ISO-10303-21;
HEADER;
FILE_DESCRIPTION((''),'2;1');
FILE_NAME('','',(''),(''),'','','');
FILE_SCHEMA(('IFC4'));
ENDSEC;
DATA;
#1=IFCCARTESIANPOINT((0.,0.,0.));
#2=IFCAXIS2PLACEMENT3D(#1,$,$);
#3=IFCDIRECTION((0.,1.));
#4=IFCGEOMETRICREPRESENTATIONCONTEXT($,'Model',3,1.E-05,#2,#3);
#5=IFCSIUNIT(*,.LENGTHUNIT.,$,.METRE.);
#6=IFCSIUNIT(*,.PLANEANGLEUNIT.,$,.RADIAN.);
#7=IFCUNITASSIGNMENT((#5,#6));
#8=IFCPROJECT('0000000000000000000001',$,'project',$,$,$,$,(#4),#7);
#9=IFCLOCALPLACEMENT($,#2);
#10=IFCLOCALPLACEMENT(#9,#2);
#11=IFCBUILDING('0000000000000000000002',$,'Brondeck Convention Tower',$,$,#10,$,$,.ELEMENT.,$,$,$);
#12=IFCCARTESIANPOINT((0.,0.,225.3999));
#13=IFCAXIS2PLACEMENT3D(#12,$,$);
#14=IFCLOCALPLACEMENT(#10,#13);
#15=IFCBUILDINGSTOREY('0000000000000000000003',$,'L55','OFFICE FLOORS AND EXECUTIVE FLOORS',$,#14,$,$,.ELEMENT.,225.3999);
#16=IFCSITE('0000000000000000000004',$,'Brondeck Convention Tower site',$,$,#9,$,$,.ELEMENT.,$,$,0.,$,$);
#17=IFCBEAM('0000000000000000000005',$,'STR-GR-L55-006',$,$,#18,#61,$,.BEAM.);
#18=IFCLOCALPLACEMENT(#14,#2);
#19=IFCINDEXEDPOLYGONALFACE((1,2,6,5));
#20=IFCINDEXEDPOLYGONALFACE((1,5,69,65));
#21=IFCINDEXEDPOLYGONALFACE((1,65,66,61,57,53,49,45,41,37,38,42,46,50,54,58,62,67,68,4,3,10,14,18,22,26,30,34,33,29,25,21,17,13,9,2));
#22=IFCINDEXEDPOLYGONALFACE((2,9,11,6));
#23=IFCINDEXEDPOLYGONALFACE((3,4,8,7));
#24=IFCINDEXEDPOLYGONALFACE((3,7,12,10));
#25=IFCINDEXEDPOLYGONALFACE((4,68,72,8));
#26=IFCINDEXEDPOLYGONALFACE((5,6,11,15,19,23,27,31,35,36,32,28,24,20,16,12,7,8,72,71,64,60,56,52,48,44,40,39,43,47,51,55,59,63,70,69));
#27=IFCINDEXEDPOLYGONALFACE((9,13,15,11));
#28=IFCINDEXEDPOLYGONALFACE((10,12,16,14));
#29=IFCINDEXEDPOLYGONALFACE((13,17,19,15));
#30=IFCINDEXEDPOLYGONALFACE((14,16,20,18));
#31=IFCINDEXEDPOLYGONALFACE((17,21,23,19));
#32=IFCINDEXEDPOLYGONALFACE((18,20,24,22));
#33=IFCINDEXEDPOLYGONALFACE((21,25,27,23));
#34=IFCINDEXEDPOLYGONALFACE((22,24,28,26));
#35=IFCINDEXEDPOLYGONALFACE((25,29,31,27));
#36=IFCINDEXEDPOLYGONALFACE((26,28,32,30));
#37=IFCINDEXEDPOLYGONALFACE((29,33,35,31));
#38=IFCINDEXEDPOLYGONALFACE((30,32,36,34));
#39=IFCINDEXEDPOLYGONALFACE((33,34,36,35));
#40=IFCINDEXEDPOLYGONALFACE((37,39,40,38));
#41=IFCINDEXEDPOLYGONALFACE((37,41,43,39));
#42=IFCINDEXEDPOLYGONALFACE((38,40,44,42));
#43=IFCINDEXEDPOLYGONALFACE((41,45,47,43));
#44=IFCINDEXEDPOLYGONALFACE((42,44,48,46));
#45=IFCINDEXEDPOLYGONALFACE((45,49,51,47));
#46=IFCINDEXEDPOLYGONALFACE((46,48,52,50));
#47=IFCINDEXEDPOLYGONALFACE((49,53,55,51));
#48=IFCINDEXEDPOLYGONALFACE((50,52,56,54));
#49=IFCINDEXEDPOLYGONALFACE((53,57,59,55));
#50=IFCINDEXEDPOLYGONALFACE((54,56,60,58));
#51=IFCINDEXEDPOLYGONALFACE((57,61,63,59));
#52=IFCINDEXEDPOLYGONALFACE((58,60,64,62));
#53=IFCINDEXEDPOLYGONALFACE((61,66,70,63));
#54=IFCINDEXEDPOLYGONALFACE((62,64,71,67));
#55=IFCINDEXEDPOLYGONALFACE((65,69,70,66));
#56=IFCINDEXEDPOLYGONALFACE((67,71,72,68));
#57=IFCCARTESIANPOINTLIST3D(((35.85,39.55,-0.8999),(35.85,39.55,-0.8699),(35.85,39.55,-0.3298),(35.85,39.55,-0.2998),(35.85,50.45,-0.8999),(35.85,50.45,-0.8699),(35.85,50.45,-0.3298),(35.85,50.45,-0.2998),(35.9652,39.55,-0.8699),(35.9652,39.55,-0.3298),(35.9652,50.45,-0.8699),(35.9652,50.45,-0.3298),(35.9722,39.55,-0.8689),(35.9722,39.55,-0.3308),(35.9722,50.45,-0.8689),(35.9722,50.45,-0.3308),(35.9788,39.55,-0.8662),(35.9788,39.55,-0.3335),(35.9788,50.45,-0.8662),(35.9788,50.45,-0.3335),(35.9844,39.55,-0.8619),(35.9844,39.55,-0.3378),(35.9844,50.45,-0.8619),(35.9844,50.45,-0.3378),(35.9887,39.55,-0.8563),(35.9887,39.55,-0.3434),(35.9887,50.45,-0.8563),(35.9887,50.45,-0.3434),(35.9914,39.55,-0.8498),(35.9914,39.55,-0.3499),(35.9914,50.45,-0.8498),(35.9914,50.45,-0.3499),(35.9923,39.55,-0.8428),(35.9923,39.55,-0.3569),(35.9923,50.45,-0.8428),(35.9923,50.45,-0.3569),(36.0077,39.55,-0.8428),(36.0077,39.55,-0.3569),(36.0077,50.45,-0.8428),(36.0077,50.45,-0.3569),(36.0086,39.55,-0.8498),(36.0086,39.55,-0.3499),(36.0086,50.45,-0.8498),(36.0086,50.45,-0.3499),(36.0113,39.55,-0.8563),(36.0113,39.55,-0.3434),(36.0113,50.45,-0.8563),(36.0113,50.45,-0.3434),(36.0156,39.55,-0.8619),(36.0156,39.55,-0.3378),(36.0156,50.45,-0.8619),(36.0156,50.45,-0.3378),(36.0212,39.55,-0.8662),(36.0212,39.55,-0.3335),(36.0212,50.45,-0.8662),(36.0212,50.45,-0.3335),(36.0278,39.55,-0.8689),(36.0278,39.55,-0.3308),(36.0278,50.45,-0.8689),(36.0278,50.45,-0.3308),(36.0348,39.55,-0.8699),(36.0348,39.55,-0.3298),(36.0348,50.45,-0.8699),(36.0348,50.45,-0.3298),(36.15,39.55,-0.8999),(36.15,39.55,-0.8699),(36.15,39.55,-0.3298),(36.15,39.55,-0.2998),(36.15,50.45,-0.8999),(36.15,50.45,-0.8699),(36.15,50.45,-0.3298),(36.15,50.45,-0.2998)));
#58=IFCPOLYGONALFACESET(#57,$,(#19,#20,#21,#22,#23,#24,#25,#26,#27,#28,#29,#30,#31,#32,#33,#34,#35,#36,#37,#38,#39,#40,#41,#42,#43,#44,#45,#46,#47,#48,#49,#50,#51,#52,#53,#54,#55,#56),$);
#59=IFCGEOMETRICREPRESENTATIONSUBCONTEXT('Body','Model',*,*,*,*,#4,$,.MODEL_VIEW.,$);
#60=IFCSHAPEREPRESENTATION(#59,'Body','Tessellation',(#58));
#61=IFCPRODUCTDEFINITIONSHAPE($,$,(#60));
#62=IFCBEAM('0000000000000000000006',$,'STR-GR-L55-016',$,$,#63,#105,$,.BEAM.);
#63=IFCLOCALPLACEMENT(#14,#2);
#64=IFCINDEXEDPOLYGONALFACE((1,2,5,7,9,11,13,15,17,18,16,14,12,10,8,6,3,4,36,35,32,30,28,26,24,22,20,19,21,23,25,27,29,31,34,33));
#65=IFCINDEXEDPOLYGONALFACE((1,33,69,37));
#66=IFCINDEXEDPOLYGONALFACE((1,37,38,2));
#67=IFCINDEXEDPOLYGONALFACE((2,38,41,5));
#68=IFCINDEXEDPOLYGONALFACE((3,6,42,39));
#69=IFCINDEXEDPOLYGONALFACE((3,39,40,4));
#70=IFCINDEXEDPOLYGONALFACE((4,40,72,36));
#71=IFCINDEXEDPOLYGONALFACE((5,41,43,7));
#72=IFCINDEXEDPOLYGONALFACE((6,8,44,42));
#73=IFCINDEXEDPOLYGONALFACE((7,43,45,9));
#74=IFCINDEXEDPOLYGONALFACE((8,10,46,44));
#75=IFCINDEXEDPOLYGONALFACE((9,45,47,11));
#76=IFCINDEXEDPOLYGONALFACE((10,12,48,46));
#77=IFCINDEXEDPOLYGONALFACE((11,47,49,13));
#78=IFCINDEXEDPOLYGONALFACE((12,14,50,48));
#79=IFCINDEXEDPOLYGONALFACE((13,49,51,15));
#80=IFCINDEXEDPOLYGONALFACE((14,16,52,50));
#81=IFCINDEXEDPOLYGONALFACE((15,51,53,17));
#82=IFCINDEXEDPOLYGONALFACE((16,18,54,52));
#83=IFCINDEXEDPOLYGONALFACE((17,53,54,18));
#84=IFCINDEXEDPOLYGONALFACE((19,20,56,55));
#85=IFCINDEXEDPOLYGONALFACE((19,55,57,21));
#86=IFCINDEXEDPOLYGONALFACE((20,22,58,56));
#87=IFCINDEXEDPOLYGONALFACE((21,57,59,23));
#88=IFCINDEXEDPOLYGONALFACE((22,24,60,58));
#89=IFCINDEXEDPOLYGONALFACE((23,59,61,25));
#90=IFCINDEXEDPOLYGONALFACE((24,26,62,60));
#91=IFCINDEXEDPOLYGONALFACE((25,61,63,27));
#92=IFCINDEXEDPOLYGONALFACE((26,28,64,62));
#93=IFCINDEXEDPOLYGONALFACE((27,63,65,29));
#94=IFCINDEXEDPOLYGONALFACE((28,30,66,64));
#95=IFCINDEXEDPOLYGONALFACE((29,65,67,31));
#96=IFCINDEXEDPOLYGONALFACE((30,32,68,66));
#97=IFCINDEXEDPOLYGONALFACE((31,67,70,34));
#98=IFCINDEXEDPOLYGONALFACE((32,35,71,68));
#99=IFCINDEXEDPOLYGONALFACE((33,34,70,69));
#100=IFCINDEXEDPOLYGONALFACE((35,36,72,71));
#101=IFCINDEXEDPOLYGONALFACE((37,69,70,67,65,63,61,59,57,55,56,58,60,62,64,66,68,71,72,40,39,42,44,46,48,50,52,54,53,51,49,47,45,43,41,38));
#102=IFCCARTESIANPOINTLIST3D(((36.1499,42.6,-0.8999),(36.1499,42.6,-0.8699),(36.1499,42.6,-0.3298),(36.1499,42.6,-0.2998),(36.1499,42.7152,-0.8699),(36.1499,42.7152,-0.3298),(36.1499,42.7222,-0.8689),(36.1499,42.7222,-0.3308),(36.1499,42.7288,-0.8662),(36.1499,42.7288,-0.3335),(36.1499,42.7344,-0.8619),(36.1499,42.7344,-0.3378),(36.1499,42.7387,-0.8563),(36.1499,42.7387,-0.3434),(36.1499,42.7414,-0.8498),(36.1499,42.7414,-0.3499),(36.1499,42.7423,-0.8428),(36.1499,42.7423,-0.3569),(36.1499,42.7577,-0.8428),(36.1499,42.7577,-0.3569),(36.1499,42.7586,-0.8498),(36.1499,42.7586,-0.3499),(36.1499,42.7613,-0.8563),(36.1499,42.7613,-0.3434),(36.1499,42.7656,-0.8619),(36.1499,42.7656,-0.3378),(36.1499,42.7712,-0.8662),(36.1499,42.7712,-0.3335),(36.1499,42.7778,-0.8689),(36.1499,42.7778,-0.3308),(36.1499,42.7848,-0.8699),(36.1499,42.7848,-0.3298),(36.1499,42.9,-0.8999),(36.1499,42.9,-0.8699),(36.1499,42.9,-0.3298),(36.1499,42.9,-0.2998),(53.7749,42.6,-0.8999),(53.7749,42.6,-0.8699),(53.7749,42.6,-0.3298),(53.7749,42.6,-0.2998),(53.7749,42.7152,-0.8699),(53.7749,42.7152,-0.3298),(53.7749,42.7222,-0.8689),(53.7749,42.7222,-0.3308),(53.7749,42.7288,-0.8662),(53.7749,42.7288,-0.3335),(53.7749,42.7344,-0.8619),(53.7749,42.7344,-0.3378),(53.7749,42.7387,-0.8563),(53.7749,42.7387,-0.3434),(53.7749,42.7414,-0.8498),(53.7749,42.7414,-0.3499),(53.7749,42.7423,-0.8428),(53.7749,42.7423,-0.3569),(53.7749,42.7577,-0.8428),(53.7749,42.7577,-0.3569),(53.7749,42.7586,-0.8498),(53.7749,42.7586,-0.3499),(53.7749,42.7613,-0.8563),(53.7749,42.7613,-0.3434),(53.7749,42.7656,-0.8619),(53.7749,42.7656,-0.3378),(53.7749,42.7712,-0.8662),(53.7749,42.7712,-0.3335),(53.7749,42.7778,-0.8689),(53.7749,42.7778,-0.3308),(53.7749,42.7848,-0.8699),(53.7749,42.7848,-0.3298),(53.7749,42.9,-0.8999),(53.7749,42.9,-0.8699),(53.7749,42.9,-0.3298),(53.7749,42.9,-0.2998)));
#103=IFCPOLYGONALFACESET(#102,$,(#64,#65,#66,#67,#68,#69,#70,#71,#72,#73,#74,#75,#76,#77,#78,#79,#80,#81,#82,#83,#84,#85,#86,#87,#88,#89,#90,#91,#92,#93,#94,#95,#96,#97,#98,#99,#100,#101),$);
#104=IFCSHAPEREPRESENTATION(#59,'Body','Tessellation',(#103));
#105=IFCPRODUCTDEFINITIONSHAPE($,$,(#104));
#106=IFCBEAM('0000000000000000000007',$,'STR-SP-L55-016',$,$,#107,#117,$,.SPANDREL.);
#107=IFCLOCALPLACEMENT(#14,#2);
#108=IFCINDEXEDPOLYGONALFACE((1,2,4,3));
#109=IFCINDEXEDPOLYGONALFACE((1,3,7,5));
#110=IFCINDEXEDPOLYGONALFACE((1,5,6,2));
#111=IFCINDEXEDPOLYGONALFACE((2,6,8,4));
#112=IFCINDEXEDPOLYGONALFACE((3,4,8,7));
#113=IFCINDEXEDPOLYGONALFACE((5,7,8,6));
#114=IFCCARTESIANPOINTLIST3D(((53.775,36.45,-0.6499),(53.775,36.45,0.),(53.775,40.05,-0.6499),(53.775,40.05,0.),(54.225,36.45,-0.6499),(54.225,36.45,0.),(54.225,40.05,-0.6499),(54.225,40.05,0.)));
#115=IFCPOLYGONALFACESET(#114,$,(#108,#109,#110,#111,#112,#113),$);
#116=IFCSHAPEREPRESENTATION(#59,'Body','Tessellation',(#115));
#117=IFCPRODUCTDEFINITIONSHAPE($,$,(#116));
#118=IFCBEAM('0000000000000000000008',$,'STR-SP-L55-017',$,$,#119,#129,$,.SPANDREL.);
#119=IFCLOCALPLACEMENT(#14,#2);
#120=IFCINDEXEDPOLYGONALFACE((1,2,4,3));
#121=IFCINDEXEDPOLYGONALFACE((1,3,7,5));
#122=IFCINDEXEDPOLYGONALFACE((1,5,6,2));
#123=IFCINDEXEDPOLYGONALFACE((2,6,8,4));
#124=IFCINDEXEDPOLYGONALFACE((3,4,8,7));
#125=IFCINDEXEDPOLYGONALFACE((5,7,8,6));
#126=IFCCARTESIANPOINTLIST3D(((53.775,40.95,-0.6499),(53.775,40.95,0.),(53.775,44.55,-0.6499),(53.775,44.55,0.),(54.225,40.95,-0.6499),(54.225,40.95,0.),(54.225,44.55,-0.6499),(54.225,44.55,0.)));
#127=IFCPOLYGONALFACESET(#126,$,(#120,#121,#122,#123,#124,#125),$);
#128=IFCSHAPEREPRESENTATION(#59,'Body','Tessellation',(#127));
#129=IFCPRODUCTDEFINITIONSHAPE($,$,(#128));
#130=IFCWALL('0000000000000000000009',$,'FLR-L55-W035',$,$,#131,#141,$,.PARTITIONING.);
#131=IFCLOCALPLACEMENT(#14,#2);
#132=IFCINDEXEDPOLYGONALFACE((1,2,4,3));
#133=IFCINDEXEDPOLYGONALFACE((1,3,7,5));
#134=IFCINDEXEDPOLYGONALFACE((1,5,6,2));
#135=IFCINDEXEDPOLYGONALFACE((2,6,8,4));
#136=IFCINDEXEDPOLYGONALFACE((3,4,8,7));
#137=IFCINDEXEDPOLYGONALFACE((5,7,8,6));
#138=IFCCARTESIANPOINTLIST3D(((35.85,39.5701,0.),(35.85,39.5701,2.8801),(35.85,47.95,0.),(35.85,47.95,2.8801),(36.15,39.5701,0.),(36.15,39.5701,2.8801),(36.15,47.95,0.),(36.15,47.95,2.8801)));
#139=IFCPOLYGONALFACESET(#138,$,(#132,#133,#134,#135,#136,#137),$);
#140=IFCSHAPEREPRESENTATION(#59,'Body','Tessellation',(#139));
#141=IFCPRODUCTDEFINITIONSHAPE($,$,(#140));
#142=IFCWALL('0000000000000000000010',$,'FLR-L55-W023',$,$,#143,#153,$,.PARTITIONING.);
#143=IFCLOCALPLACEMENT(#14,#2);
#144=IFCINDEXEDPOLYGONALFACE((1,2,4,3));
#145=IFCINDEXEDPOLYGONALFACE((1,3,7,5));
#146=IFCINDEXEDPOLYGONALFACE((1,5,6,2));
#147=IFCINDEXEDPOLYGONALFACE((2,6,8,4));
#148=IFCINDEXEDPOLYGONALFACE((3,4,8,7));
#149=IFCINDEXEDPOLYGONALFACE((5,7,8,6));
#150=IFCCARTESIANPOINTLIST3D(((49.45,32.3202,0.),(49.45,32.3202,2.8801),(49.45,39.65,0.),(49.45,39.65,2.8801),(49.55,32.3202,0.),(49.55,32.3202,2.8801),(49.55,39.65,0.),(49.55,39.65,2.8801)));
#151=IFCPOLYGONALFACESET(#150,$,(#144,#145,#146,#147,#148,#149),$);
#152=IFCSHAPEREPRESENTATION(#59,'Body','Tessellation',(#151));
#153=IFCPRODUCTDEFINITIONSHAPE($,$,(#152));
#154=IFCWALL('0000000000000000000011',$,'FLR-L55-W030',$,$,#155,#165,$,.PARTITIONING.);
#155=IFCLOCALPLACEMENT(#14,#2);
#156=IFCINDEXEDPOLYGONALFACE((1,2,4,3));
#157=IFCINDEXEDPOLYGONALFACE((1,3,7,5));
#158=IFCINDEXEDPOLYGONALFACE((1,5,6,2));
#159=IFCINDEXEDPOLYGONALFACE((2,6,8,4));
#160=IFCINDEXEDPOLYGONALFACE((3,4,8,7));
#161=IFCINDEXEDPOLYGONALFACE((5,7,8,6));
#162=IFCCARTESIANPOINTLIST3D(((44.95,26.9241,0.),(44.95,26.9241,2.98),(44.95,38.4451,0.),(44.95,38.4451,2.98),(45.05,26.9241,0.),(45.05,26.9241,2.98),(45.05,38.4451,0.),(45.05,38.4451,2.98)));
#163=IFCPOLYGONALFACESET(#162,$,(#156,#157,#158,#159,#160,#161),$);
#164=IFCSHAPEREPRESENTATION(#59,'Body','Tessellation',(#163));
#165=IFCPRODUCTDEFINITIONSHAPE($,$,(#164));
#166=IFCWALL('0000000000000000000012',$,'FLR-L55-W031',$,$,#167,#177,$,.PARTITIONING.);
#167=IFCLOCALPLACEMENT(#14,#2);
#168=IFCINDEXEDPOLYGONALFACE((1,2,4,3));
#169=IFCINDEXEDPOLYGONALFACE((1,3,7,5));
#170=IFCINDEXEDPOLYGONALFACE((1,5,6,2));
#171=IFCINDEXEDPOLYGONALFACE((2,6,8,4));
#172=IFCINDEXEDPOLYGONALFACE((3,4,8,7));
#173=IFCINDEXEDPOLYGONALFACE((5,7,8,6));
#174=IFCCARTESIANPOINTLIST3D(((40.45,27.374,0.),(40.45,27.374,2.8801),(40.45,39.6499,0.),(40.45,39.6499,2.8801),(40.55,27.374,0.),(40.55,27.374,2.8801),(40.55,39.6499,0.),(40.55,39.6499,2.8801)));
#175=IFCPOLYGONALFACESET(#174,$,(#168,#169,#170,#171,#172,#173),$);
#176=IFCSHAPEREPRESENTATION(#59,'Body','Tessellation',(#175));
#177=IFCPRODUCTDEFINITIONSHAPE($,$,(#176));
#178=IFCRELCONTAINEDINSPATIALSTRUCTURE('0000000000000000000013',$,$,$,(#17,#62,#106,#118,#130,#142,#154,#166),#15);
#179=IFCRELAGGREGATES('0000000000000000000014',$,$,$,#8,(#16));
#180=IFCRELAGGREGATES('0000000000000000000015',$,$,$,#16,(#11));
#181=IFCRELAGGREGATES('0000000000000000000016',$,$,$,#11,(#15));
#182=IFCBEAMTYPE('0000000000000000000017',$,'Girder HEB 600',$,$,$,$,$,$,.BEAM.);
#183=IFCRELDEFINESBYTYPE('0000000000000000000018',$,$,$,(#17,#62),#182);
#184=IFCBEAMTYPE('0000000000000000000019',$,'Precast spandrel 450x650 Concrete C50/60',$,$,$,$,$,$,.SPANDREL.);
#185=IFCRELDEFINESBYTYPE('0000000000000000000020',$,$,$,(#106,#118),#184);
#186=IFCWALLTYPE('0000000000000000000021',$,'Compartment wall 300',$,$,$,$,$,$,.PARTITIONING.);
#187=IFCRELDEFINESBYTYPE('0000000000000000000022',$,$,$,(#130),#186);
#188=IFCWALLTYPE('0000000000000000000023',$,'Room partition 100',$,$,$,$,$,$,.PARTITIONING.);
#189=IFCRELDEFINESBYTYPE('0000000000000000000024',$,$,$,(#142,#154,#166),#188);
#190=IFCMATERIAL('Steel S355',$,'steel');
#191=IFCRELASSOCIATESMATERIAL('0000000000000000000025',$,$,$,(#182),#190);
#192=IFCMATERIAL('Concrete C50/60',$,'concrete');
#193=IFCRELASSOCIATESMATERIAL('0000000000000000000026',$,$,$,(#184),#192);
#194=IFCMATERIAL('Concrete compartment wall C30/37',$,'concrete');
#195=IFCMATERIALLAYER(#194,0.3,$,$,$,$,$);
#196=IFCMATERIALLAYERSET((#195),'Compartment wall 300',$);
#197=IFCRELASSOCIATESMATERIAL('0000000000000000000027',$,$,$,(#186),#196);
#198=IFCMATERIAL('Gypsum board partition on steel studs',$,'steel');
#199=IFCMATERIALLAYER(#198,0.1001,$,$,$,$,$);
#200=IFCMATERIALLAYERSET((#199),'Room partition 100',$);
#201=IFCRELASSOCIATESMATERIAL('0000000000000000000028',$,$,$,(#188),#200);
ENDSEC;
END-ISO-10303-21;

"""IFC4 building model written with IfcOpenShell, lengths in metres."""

from ifc_helpers import new_model, si_unit, direction, frame, frame_2d, origin, origin_2d, place, context, subcontext, project, spatial, rectangle, i_section, extrude, material, layer, layer_set, material_profile, profile_set, type_object, element, save


model = new_model("IFC4")

# Units and contexts
model_context = context("Model", 3, precision=1e-05, world=origin(), true_north=direction((0.0, 1.0)))
body_context = subcontext(model_context, "Body", "Model", "MODEL_VIEW")
ifc_project = project(units=[si_unit("LENGTHUNIT", "METRE"), si_unit("PLANEANGLEUNIT", "RADIAN")], contexts=[model_context])

# Site, building, storey
site_placement = place(None, origin())
site = spatial("IfcSite", under=ifc_project, at=site_placement, Name="Brondeck Convention Tower site", CompositionType="ELEMENT", RefElevation=0.0)
building_placement = place(site_placement, origin())
building = spatial("IfcBuilding", under=site, at=building_placement, Name="Brondeck Convention Tower", CompositionType="ELEMENT")
storey_placement = place(building_placement, frame((0.0, 0.0, 225.3999)))
storey = spatial("IfcBuildingStorey", under=building, at=storey_placement, Name="L55", Description="OFFICE FLOORS AND EXECUTIVE FLOORS", CompositionType="ELEMENT", Elevation=225.3999)

# Shared definitions
ifc_material_1 = material(Name="Concrete C50/60", Category="concrete")

# Beams
ifc_material_2 = material(Name="Steel S355", Category="steel")
ifc_material_profile_1 = material_profile(ifc_material_2, i_section(OverallWidth=0.3, OverallDepth=0.6001, WebThickness=0.0154, FlangeThickness=0.03, FilletRadius=0.0271, at=origin_2d()), Name="HEB 600")
ifc_profile_set_1 = profile_set([ifc_material_profile_1], Name="Steel S355")
beam_type_1 = type_object("IfcBeamType", Name="Girder HEB 600", PredefinedType="BEAM", material=ifc_profile_set_1)
beam_1_placement = place(storey_placement, frame((36.0, 39.55, -0.5999), z_axis=(0.0, 1.0, 0.0), x_axis=(-1.0, 0.0, 0.0)))
element("IfcBeam", 1, at=beam_1_placement, inside=storey, type_object=beam_type_1, Name="STR-GR-L55-006", PredefinedType="BEAM", context=body_context, shape_type="SweptSolid", body=[
    extrude(i_section(OverallWidth=0.3, OverallDepth=0.6001, WebThickness=0.0154, FlangeThickness=0.03, FilletRadius=0.0271, at=origin_2d()), origin(), (0.0, 0.0, 1.0), 10.8999),
])
beam_2_placement = place(storey_placement, frame((36.1499, 42.75, -0.5999), z_axis=(1.0, 0.0, 0.0), x_axis=(0.0, 1.0, 0.0)))
element("IfcBeam", 2, at=beam_2_placement, inside=storey, type_object=beam_type_1, Name="STR-GR-L55-016", PredefinedType="BEAM", context=body_context, shape_type="SweptSolid", body=[
    extrude(i_section(OverallWidth=0.3, OverallDepth=0.6001, WebThickness=0.0154, FlangeThickness=0.03, FilletRadius=0.0271, at=origin_2d()), origin(), (0.0, 0.0, 1.0), 17.625),
])
ifc_material_profile_2 = material_profile(ifc_material_1, rectangle(XDim=0.45, YDim=0.6499, at=origin_2d()), Name="Precast spandrel 450x650 Concrete C50/60")
ifc_profile_set_2 = profile_set([ifc_material_profile_2], Name="Concrete C50/60")
beam_type_2 = type_object("IfcBeamType", Name="Precast spandrel 450x650 Concrete C50/60", PredefinedType="SPANDREL", material=ifc_profile_set_2)
for number, where, z_axis, x_axis, name in (
    (3, (54.0, 36.45, -0.325), (0.0, 1.0, 0.0), (-1.0, 0.0, 0.0), "STR-SP-L55-016"),
    (4, (54.0, 40.95, -0.325), (0.0, 1.0, 0.0), (-1.0, 0.0, 0.0), "STR-SP-L55-017"),
):
    element("IfcBeam", number, at=place(storey_placement, frame(where, z_axis=z_axis, x_axis=x_axis)), inside=storey, type_object=beam_type_2, Name=name, PredefinedType="SPANDREL", context=body_context, shape_type="SweptSolid", body=[
        extrude(rectangle(XDim=0.45, YDim=0.6499, at=origin_2d()), origin(), (0.0, 0.0, 1.0), 3.6001),
    ])

# Walls
ifc_material_3 = material(Name="Concrete compartment wall C30/37", Category="concrete")
ifc_layer_1 = layer(ifc_material_3, 0.3)
ifc_layer_set_1 = layer_set([ifc_layer_1], Name="Compartment wall 300")
wall_type_1 = type_object("IfcWallType", Name="Compartment wall 300", PredefinedType="PARTITIONING", material=ifc_layer_set_1)
wall_1_placement = place(storey_placement, frame((36.0, 39.5701, 0.0), z_axis=(0.0, 0.0, 1.0), x_axis=(0.0, 1.0, 0.0)))
element("IfcWall", 5, at=wall_1_placement, inside=storey, type_object=wall_type_1, Name="FLR-L55-W035", PredefinedType="PARTITIONING", context=body_context, shape_type="SweptSolid", body=[
    extrude(rectangle(XDim=8.3799, YDim=0.3, at=frame_2d((4.1899, 0.0))), origin(), (0.0, 0.0, 1.0), 2.8801),
])
ifc_material_4 = material(Name="Gypsum board partition on steel studs", Category="steel")
ifc_layer_2 = layer(ifc_material_4, 0.1001)
ifc_layer_set_2 = layer_set([ifc_layer_2], Name="Room partition 100")
wall_type_2 = type_object("IfcWallType", Name="Room partition 100", PredefinedType="PARTITIONING", material=ifc_layer_set_2)
wall_2_placement = place(storey_placement, frame((49.5, 32.3201, 0.0), z_axis=(0.0, 0.0, 1.0), x_axis=(0.0, 1.0, 0.0)))
element("IfcWall", 6, at=wall_2_placement, inside=storey, type_object=wall_type_2, Name="FLR-L55-W023", PredefinedType="PARTITIONING", context=body_context, shape_type="SweptSolid", body=[
    extrude(rectangle(XDim=7.3298, YDim=0.1001, at=frame_2d((3.665, 0.0))), origin(), (0.0, 0.0, 1.0), 2.8801),
])
wall_3_placement = place(storey_placement, frame((45.0, 38.4451, 0.0), z_axis=(0.0, 0.0, 1.0), x_axis=(0.0, -1.0, 0.0)))
element("IfcWall", 7, at=wall_3_placement, inside=storey, type_object=wall_type_2, Name="FLR-L55-W030", PredefinedType="PARTITIONING", context=body_context, shape_type="SweptSolid", body=[
    extrude(rectangle(XDim=11.521, YDim=0.1001, at=frame_2d((5.7605, 0.0))), origin(), (0.0, 0.0, 1.0), 2.98),
])
wall_4_placement = place(storey_placement, frame((40.5, 39.6499, 0.0), z_axis=(0.0, 0.0, 1.0), x_axis=(0.0, -1.0, 0.0)))
element("IfcWall", 8, at=wall_4_placement, inside=storey, type_object=wall_type_2, Name="FLR-L55-W031", PredefinedType="PARTITIONING", context=body_context, shape_type="SweptSolid", body=[
    extrude(rectangle(XDim=12.2759, YDim=0.1001, at=frame_2d((6.1379, 0.0))), origin(), (0.0, 0.0, 1.0), 2.8801),
])

save(model, "model.ifc")
